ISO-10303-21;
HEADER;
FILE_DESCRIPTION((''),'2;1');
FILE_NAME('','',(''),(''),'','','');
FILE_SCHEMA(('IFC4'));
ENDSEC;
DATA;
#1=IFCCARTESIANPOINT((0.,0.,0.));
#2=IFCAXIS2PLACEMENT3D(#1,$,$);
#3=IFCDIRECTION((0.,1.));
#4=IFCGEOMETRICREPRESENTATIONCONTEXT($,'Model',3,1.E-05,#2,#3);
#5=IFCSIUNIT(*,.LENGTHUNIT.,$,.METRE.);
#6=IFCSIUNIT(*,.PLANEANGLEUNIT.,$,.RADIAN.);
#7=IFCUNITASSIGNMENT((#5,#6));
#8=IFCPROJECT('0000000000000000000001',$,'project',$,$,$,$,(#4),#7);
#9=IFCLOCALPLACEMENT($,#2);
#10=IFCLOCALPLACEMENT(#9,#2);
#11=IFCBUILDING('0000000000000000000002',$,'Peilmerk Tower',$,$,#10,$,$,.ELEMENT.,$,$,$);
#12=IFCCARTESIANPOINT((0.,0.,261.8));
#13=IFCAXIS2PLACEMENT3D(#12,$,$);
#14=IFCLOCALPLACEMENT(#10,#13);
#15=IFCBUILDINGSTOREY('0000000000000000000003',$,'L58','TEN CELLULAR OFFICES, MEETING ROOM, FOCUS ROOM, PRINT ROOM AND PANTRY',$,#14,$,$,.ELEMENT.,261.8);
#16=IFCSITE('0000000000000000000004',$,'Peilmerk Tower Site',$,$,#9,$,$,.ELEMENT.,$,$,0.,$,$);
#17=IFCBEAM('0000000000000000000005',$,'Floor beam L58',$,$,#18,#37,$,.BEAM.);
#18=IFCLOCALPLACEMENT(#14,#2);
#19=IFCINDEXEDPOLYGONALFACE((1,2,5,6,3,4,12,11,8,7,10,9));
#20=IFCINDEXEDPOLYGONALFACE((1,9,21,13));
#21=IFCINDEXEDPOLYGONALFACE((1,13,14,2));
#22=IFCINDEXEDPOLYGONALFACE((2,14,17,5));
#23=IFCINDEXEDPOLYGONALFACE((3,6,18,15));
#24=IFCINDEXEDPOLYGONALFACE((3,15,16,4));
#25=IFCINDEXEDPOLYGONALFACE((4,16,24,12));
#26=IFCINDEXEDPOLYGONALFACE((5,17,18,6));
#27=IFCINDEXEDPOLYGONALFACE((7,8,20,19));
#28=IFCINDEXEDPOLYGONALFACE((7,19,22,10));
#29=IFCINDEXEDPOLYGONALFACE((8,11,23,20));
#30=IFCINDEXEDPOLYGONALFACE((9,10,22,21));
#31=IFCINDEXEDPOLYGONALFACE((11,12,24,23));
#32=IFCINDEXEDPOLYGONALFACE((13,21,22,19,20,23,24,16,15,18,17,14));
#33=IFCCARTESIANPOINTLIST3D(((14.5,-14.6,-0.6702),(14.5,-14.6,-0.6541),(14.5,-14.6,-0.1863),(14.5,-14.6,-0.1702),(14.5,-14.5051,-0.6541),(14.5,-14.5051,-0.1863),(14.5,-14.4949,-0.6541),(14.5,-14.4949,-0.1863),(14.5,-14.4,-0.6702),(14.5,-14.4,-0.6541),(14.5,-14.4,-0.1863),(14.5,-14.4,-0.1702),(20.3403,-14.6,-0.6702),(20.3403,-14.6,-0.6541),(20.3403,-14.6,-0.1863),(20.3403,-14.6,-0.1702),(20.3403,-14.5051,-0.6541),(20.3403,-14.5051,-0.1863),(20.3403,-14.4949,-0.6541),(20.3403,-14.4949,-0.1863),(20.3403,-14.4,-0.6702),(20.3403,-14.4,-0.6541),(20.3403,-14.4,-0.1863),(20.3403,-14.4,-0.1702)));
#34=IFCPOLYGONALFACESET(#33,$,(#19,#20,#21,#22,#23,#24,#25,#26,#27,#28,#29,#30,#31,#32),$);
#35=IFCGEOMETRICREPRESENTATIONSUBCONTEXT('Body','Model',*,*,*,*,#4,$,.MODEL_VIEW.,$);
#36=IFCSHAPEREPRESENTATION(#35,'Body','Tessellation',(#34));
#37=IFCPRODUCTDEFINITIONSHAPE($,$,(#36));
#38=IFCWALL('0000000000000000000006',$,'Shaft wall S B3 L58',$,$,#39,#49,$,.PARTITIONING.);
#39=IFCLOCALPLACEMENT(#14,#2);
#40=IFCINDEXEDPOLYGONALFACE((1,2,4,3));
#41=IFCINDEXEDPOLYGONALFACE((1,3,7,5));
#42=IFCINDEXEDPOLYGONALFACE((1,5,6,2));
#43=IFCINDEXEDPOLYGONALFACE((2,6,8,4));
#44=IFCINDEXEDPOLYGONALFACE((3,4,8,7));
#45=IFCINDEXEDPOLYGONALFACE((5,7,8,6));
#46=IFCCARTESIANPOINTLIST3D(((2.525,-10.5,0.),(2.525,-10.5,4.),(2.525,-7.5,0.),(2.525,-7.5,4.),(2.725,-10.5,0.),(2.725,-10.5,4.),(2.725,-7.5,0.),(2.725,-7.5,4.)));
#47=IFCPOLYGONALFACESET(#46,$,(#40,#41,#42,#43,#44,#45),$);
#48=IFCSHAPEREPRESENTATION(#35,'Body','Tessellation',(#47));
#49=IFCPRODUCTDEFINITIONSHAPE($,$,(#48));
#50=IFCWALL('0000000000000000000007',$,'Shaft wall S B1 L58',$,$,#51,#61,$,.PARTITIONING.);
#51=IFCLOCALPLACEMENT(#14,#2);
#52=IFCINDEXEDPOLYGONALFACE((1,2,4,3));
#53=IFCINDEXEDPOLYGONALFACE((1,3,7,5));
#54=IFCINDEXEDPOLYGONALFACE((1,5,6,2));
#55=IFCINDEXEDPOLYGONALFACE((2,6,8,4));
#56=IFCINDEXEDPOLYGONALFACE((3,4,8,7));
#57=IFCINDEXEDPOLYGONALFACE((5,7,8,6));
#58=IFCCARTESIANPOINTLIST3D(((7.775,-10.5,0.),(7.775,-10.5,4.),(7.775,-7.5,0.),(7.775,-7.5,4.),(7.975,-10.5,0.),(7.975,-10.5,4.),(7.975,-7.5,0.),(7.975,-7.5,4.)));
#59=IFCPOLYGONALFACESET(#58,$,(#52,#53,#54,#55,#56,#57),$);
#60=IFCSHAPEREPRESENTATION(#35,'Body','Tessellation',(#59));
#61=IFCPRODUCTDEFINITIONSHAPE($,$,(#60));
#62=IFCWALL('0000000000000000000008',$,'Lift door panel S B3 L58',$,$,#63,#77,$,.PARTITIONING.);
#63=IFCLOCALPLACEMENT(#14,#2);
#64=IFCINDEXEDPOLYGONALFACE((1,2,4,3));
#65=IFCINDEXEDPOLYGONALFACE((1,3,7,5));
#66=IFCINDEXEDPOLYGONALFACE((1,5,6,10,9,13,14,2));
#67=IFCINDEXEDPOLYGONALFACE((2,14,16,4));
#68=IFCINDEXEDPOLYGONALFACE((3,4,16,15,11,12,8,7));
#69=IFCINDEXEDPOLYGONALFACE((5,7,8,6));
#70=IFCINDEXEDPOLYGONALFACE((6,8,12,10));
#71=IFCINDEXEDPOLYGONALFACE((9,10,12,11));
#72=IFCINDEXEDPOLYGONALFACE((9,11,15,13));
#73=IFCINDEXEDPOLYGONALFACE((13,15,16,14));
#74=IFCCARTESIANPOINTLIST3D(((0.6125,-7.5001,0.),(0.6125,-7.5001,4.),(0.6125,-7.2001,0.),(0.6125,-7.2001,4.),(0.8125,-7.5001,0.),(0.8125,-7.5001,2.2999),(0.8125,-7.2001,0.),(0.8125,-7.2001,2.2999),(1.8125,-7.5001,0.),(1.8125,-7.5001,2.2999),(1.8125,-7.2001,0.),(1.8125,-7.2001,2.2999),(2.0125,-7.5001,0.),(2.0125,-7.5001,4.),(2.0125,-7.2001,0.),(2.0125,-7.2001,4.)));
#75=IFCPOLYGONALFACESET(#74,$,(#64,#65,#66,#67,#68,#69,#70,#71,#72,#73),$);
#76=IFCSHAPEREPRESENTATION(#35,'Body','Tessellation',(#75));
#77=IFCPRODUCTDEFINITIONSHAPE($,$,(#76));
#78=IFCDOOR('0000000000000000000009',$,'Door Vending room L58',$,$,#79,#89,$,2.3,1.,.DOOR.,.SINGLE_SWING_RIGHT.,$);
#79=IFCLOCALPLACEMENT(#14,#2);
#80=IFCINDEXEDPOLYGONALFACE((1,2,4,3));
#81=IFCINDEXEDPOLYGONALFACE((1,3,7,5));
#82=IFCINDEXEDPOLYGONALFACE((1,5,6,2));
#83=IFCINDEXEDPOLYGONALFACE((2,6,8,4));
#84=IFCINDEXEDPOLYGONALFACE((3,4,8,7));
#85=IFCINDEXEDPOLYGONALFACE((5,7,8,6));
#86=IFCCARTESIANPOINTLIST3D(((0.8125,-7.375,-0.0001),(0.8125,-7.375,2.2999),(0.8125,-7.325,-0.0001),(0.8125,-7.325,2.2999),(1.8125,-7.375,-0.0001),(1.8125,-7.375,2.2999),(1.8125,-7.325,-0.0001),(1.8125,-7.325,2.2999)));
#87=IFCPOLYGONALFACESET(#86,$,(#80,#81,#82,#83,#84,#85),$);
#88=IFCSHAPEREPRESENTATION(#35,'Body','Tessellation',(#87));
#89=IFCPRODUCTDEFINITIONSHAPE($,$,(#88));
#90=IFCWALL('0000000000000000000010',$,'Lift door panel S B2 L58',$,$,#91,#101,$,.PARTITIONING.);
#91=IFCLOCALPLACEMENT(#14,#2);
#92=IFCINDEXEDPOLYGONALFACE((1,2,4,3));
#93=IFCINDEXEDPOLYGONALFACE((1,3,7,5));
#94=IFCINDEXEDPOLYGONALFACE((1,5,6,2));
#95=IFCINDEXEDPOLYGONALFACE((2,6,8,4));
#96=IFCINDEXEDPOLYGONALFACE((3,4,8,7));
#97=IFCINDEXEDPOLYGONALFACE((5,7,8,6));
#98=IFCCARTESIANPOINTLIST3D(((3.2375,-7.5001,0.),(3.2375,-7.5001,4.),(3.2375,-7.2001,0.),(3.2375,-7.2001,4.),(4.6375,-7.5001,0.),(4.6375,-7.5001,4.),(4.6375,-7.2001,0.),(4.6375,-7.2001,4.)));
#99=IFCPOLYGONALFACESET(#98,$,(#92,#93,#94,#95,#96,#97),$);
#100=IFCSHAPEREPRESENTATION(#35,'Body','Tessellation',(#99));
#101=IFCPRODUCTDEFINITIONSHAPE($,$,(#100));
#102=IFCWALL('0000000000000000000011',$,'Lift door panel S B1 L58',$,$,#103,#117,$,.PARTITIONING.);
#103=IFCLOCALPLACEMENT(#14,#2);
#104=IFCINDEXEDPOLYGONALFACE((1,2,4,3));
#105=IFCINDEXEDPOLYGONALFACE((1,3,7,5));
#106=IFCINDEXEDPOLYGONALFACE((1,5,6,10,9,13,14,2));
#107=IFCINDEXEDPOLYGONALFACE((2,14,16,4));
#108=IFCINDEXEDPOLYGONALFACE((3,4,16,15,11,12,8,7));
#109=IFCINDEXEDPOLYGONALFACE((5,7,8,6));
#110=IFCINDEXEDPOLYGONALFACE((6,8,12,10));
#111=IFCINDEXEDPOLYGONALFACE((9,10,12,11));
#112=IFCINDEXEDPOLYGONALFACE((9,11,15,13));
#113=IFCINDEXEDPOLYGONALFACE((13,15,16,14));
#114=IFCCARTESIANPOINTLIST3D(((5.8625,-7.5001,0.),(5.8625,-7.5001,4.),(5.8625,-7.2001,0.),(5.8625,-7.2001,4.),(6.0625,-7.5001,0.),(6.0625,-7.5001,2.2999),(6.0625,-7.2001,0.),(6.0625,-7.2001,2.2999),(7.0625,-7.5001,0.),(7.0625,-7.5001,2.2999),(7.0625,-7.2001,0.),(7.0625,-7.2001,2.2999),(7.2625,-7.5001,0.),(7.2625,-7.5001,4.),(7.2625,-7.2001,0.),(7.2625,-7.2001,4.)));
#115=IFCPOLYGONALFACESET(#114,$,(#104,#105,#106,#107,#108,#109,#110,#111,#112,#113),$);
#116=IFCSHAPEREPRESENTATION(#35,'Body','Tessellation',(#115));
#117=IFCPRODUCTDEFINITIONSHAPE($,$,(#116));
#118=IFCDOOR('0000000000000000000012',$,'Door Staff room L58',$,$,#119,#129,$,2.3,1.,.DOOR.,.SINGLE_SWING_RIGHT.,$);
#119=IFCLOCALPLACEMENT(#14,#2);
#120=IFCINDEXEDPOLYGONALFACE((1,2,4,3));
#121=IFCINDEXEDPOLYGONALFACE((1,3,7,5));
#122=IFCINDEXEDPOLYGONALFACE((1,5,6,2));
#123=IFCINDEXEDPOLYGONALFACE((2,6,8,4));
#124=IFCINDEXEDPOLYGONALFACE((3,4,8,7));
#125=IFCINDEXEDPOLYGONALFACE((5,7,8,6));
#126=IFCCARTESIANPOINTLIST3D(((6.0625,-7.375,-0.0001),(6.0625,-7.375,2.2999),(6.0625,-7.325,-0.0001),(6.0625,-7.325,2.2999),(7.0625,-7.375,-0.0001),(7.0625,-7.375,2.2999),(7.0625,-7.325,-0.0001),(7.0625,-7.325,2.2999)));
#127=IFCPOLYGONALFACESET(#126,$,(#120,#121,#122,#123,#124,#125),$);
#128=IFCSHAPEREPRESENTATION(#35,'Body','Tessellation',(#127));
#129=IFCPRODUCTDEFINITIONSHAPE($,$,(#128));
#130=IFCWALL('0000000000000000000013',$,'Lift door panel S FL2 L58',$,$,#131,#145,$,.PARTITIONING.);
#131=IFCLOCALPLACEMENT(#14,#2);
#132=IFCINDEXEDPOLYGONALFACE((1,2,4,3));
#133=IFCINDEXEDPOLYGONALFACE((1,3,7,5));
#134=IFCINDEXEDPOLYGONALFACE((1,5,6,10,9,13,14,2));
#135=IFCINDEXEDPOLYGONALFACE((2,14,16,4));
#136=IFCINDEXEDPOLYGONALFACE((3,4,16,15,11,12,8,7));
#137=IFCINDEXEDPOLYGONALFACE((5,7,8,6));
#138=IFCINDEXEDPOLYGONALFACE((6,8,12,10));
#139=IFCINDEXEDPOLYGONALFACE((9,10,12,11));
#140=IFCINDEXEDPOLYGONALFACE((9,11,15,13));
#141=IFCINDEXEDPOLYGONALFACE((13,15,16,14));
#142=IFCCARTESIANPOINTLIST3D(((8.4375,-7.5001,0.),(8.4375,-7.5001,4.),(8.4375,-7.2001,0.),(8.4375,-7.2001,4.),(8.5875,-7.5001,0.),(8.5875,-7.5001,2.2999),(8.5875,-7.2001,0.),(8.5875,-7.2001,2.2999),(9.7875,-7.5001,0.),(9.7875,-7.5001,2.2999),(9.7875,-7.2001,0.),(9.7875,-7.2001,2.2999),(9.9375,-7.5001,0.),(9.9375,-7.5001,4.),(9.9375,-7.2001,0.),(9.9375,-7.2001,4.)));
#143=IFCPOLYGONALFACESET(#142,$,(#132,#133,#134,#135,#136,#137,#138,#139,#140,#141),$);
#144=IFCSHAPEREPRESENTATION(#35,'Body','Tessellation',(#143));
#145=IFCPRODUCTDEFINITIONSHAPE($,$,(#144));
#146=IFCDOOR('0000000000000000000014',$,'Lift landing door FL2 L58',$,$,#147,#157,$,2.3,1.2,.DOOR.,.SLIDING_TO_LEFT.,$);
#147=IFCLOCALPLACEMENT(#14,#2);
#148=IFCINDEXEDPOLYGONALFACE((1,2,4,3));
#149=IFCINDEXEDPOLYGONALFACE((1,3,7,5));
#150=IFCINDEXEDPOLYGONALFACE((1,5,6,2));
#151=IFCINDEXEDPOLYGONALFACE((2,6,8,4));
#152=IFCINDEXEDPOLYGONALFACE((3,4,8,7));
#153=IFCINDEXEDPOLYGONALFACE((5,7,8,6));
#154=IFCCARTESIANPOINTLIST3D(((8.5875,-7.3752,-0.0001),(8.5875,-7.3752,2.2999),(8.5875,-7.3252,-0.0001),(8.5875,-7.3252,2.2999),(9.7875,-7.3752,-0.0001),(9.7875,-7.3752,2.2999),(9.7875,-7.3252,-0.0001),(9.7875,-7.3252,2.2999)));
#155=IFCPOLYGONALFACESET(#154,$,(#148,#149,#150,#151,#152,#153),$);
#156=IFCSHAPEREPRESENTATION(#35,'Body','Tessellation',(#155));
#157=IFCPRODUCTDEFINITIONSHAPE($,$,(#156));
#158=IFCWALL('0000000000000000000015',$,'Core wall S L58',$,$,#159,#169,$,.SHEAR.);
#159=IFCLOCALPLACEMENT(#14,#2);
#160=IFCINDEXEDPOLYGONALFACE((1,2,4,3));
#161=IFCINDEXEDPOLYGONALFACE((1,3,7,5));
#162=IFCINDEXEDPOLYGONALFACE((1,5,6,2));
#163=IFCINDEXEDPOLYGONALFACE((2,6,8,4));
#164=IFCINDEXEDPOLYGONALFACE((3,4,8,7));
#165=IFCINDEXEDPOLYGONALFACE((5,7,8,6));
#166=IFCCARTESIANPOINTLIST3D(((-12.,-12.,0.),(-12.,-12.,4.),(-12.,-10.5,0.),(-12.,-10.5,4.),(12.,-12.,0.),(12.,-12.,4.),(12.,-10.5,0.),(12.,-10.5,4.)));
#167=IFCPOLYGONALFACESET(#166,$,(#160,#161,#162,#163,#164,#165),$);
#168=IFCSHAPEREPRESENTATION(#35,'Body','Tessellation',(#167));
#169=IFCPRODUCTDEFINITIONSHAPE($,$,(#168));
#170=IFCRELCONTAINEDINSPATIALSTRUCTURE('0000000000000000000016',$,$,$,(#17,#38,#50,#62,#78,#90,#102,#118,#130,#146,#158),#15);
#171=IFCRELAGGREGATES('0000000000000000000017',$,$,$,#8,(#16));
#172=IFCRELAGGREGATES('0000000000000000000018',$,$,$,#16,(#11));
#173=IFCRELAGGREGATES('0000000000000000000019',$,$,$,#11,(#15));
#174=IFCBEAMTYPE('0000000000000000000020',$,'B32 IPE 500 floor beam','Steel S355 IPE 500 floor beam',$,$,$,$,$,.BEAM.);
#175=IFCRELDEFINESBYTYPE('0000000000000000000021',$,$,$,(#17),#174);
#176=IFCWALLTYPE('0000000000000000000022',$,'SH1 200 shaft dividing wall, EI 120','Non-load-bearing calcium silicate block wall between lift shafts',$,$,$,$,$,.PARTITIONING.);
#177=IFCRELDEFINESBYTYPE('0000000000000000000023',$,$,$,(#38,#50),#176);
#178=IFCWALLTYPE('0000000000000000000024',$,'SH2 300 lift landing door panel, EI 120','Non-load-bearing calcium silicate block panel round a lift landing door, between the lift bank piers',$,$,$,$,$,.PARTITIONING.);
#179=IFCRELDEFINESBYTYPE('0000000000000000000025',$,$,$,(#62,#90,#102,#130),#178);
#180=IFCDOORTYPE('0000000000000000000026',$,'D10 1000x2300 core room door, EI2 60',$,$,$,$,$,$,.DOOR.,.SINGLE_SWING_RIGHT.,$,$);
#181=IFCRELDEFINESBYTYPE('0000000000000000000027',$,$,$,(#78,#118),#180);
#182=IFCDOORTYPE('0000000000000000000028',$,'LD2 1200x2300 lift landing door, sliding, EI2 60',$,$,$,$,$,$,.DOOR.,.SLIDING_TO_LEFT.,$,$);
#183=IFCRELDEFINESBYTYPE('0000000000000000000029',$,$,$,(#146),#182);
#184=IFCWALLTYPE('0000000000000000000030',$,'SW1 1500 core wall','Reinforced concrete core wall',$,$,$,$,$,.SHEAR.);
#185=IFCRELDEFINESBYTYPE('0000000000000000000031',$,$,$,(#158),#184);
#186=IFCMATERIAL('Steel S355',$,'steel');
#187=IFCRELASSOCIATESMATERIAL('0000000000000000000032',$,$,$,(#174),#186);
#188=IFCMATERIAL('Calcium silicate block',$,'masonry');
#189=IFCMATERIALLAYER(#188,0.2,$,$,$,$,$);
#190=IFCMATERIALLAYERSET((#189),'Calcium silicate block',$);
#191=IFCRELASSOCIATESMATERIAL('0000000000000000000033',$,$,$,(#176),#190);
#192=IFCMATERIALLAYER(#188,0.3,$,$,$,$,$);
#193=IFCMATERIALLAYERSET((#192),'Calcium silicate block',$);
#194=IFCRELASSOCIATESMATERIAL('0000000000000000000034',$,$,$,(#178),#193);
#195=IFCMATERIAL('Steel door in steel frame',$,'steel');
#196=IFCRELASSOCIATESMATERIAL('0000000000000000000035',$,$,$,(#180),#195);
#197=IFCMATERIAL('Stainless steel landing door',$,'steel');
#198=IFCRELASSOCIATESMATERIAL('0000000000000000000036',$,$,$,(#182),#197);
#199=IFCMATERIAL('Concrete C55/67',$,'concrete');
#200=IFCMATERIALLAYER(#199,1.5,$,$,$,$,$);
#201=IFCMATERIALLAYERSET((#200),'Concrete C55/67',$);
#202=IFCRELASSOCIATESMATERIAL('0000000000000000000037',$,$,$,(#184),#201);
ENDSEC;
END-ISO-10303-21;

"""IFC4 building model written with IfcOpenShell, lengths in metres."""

from ifc_helpers import new_model, si_unit, direction, frame, frame_2d, origin, origin_2d, place, context, subcontext, project, spatial, rectangle, i_section, extrude, material, layer, layer_set, material_profile, profile_set, type_object, element, fill, save


model = new_model("IFC4")

# Units and contexts
model_context = context("Model", 3, precision=1e-05, world=origin(), true_north=direction((0.0, 1.0)))
body_context = subcontext(model_context, "Body", "Model", "MODEL_VIEW")
ifc_project = project(units=[si_unit("LENGTHUNIT", "METRE"), si_unit("PLANEANGLEUNIT", "RADIAN")], contexts=[model_context])

# Site, building, storey
site_placement = place(None, origin())
site = spatial("IfcSite", under=ifc_project, at=site_placement, Name="Peilmerk Tower Site", CompositionType="ELEMENT", RefElevation=0.0)
building_placement = place(site_placement, origin())
building = spatial("IfcBuilding", under=site, at=building_placement, Name="Peilmerk Tower", CompositionType="ELEMENT")
storey_placement = place(building_placement, frame((0.0, 0.0, 261.8)))
storey = spatial("IfcBuildingStorey", under=building, at=storey_placement, Name="L58", Description="TEN CELLULAR OFFICES, MEETING ROOM, FOCUS ROOM, PRINT ROOM AND PANTRY", CompositionType="ELEMENT", Elevation=261.8)

# Beam
ifc_material_1 = material(Name="Steel S355", Category="steel")
ifc_material_profile_1 = material_profile(ifc_material_1, i_section(OverallWidth=0.2, OverallDepth=0.5, WebThickness=0.0103, FlangeThickness=0.0161, at=origin_2d()), Name="IPE 500")
ifc_profile_set_1 = profile_set([ifc_material_profile_1], Name="Steel S355")
beam_type_1 = type_object("IfcBeamType", Name="B32 IPE 500 floor beam", Description="Steel S355 IPE 500 floor beam", PredefinedType="BEAM", material=ifc_profile_set_1)
for number, where, z_axis, x_axis, name in (
    (1, (14.5, -14.5, -0.4202), (1.0, 0.0, 0.0), (0.0, 1.0, 0.0), "Floor beam L58"),
):
    element("IfcBeam", number, at=place(storey_placement, frame(where, z_axis=z_axis, x_axis=x_axis)), inside=storey, type_object=beam_type_1, Name=name, PredefinedType="BEAM", context=body_context, shape_type="SweptSolid", body=[
        extrude(i_section(OverallWidth=0.2, OverallDepth=0.5, WebThickness=0.0103, FlangeThickness=0.0161, at=origin_2d()), origin(), (0.0, 0.0, 1.0), 5.8403),
    ])

# Walls
ifc_material_2 = material(Name="Calcium silicate block", Category="masonry")
ifc_layer_1 = layer(ifc_material_2, 0.2)
ifc_layer_set_1 = layer_set([ifc_layer_1], Name="Calcium silicate block")
wall_type_1 = type_object("IfcWallType", Name="SH1 200 shaft dividing wall, EI 120", Description="Non-load-bearing calcium silicate block wall between lift shafts", PredefinedType="PARTITIONING", material=ifc_layer_set_1)
for number, where, z_axis, x_axis, name in (
    (2, (2.625, -10.5, 0.0), (0.0, 0.0, 1.0), (0.0, 1.0, 0.0), "Shaft wall S B3 L58"),
    (3, (7.875, -10.5, 0.0), (0.0, 0.0, 1.0), (0.0, 1.0, 0.0), "Shaft wall S B1 L58"),
):
    element("IfcWall", number, at=place(storey_placement, frame(where, z_axis=z_axis, x_axis=x_axis)), inside=storey, type_object=wall_type_1, Name=name, PredefinedType="PARTITIONING", context=body_context, shape_type="SweptSolid", body=[
        extrude(rectangle(XDim=3.0, YDim=0.2, at=frame_2d((1.5, 0.0))), origin(), (0.0, 0.0, 1.0), 4.0),
    ])

# Wall, opening, door
ifc_layer_2 = layer(ifc_material_2, 0.3)
ifc_layer_set_2 = layer_set([ifc_layer_2], Name="Calcium silicate block")
wall_type_2 = type_object("IfcWallType", Name="SH2 300 lift landing door panel, EI 120", Description="Non-load-bearing calcium silicate block panel round a lift landing door, between the lift bank piers", PredefinedType="PARTITIONING", material=ifc_layer_set_2)
wall_1_placement = place(storey_placement, frame((0.6125, -7.3501, 0.0), z_axis=(0.0, 0.0, 1.0), x_axis=(1.0, 0.0, 0.0)))
wall_1 = element("IfcWall", 4, at=wall_1_placement, inside=storey, type_object=wall_type_2, Name="Lift door panel S B3 L58", PredefinedType="PARTITIONING", context=body_context, shape_type="SweptSolid", body=[
    extrude(rectangle(XDim=1.3999, YDim=0.3, at=frame_2d((0.7, 0.0))), origin(), (0.0, 0.0, 1.0), 4.0),
])
opening_1_placement = place(wall_1_placement, frame((0.2, 0.0, 0.0)))
opening_1 = element("IfcOpeningElement", 5, at=opening_1_placement, cuts=wall_1, PredefinedType="OPENING", context=body_context, shape_type="SweptSolid", body=[
    extrude(rectangle(XDim=1.0, YDim=2.3, at=frame_2d((0.5, 1.1499))), frame((0.0, 0.1599, 0.0), z_axis=(0.0, -1.0, 0.0), x_axis=(1.0, 0.0, 0.0)), (0.0, 0.0, 1.0), 0.3201),
])
ifc_material_3 = material(Name="Steel door in steel frame", Category="steel")
door_type_1 = type_object("IfcDoorType", Name="D10 1000x2300 core room door, EI2 60", OperationType="SINGLE_SWING_RIGHT", PredefinedType="DOOR", material=ifc_material_3)
door_1_placement = place(opening_1_placement, frame((1.0, 0.0, 0.0), z_axis=(0.0, 0.0, 1.0), x_axis=(-1.0, 0.0, 0.0)))
door_1 = element("IfcDoor", 6, at=door_1_placement, inside=storey, type_object=door_type_1, Name="Door Vending room L58", OperationType="SINGLE_SWING_RIGHT", OverallHeight=2.3, OverallWidth=1.0, PredefinedType="DOOR", context=body_context, shape_type="SweptSolid", body=[
    extrude(rectangle(XDim=1.0, YDim=2.3, at=frame_2d((0.5, 1.1499))), frame((0.0, 0.0249, 0.0), z_axis=(0.0, -1.0, 0.0), x_axis=(1.0, 0.0, 0.0)), (0.0, 0.0, 1.0), 0.05),
])
fill(opening_1, door_1)

# Wall
wall_2_placement = place(storey_placement, frame((3.2375, -7.3501, 0.0), z_axis=(0.0, 0.0, 1.0), x_axis=(1.0, 0.0, 0.0)))
element("IfcWall", 7, at=wall_2_placement, inside=storey, type_object=wall_type_2, Name="Lift door panel S B2 L58", PredefinedType="PARTITIONING", context=body_context, shape_type="SweptSolid", body=[
    extrude(rectangle(XDim=1.3999, YDim=0.3, at=frame_2d((0.7, 0.0))), origin(), (0.0, 0.0, 1.0), 4.0),
])

# Walls, openings, doors
wall_3_placement = place(storey_placement, frame((5.8625, -7.3501, 0.0), z_axis=(0.0, 0.0, 1.0), x_axis=(1.0, 0.0, 0.0)))
wall_3 = element("IfcWall", 8, at=wall_3_placement, inside=storey, type_object=wall_type_2, Name="Lift door panel S B1 L58", PredefinedType="PARTITIONING", context=body_context, shape_type="SweptSolid", body=[
    extrude(rectangle(XDim=1.3999, YDim=0.3, at=frame_2d((0.7, 0.0))), origin(), (0.0, 0.0, 1.0), 4.0),
])
opening_2_placement = place(wall_3_placement, frame((0.2, 0.0, 0.0)))
opening_2 = element("IfcOpeningElement", 9, at=opening_2_placement, cuts=wall_3, PredefinedType="OPENING", context=body_context, shape_type="SweptSolid", body=[
    extrude(rectangle(XDim=1.0, YDim=2.3, at=frame_2d((0.5, 1.1499))), frame((0.0, 0.1599, 0.0), z_axis=(0.0, -1.0, 0.0), x_axis=(1.0, 0.0, 0.0)), (0.0, 0.0, 1.0), 0.3201),
])
door_2_placement = place(opening_2_placement, frame((1.0, 0.0, 0.0), z_axis=(0.0, 0.0, 1.0), x_axis=(-1.0, 0.0, 0.0)))
door_2 = element("IfcDoor", 10, at=door_2_placement, inside=storey, type_object=door_type_1, Name="Door Staff room L58", OperationType="SINGLE_SWING_RIGHT", OverallHeight=2.3, OverallWidth=1.0, PredefinedType="DOOR", context=body_context, shape_type="SweptSolid", body=[
    extrude(rectangle(XDim=1.0, YDim=2.3, at=frame_2d((0.5, 1.1499))), frame((0.0, 0.0249, 0.0), z_axis=(0.0, -1.0, 0.0), x_axis=(1.0, 0.0, 0.0)), (0.0, 0.0, 1.0), 0.05),
])
fill(opening_2, door_2)
wall_4_placement = place(storey_placement, frame((8.4375, -7.3501, 0.0), z_axis=(0.0, 0.0, 1.0), x_axis=(1.0, 0.0, 0.0)))
wall_4 = element("IfcWall", 11, at=wall_4_placement, inside=storey, type_object=wall_type_2, Name="Lift door panel S FL2 L58", PredefinedType="PARTITIONING", context=body_context, shape_type="SweptSolid", body=[
    extrude(rectangle(XDim=1.5, YDim=0.3, at=frame_2d((0.75, 0.0))), origin(), (0.0, 0.0, 1.0), 4.0),
])
opening_3_placement = place(wall_4_placement, frame((0.1499, 0.0, 0.0)))
opening_3 = element("IfcOpeningElement", 12, at=opening_3_placement, cuts=wall_4, PredefinedType="OPENING", context=body_context, shape_type="SweptSolid", body=[
    extrude(rectangle(XDim=1.2, YDim=2.3, at=frame_2d((0.6001, 1.1499))), frame((0.0, 0.1599, 0.0), z_axis=(0.0, -1.0, 0.0), x_axis=(1.0, 0.0, 0.0)), (0.0, 0.0, 1.0), 0.3201),
])
ifc_material_4 = material(Name="Stainless steel landing door", Category="steel")
door_type_2 = type_object("IfcDoorType", Name="LD2 1200x2300 lift landing door, sliding, EI2 60", OperationType="SLIDING_TO_LEFT", PredefinedType="DOOR", material=ifc_material_4)
door_3_placement = place(opening_3_placement, origin())
door_3 = element("IfcDoor", 13, at=door_3_placement, inside=storey, type_object=door_type_2, Name="Lift landing door FL2 L58", OperationType="SLIDING_TO_LEFT", OverallHeight=2.3, OverallWidth=1.2, PredefinedType="DOOR", context=body_context, shape_type="SweptSolid", body=[
    extrude(rectangle(XDim=1.2, YDim=2.3, at=frame_2d((0.6001, 1.1499))), frame((0.0, 0.0249, 0.0), z_axis=(0.0, -1.0, 0.0), x_axis=(1.0, 0.0, 0.0)), (0.0, 0.0, 1.0), 0.05),
])
fill(opening_3, door_3)

# Wall
ifc_material_5 = material(Name="Concrete C55/67", Category="concrete")
ifc_layer_3 = layer(ifc_material_5, 1.5)
ifc_layer_set_3 = layer_set([ifc_layer_3], Name="Concrete C55/67")
wall_type_3 = type_object("IfcWallType", Name="SW1 1500 core wall", Description="Reinforced concrete core wall", PredefinedType="SHEAR", material=ifc_layer_set_3)
wall_5_placement = place(storey_placement, frame((12.0, -11.25, 0.0), z_axis=(0.0, 0.0, 1.0), x_axis=(-1.0, 0.0, 0.0)))
element("IfcWall", 14, at=wall_5_placement, inside=storey, type_object=wall_type_3, Name="Core wall S L58", PredefinedType="SHEAR", context=body_context, shape_type="SweptSolid", body=[
    extrude(rectangle(XDim=24.0, YDim=1.5, at=frame_2d((12.0, 0.0))), origin(), (0.0, 0.0, 1.0), 4.0),
])

save(model, "model.ifc")
